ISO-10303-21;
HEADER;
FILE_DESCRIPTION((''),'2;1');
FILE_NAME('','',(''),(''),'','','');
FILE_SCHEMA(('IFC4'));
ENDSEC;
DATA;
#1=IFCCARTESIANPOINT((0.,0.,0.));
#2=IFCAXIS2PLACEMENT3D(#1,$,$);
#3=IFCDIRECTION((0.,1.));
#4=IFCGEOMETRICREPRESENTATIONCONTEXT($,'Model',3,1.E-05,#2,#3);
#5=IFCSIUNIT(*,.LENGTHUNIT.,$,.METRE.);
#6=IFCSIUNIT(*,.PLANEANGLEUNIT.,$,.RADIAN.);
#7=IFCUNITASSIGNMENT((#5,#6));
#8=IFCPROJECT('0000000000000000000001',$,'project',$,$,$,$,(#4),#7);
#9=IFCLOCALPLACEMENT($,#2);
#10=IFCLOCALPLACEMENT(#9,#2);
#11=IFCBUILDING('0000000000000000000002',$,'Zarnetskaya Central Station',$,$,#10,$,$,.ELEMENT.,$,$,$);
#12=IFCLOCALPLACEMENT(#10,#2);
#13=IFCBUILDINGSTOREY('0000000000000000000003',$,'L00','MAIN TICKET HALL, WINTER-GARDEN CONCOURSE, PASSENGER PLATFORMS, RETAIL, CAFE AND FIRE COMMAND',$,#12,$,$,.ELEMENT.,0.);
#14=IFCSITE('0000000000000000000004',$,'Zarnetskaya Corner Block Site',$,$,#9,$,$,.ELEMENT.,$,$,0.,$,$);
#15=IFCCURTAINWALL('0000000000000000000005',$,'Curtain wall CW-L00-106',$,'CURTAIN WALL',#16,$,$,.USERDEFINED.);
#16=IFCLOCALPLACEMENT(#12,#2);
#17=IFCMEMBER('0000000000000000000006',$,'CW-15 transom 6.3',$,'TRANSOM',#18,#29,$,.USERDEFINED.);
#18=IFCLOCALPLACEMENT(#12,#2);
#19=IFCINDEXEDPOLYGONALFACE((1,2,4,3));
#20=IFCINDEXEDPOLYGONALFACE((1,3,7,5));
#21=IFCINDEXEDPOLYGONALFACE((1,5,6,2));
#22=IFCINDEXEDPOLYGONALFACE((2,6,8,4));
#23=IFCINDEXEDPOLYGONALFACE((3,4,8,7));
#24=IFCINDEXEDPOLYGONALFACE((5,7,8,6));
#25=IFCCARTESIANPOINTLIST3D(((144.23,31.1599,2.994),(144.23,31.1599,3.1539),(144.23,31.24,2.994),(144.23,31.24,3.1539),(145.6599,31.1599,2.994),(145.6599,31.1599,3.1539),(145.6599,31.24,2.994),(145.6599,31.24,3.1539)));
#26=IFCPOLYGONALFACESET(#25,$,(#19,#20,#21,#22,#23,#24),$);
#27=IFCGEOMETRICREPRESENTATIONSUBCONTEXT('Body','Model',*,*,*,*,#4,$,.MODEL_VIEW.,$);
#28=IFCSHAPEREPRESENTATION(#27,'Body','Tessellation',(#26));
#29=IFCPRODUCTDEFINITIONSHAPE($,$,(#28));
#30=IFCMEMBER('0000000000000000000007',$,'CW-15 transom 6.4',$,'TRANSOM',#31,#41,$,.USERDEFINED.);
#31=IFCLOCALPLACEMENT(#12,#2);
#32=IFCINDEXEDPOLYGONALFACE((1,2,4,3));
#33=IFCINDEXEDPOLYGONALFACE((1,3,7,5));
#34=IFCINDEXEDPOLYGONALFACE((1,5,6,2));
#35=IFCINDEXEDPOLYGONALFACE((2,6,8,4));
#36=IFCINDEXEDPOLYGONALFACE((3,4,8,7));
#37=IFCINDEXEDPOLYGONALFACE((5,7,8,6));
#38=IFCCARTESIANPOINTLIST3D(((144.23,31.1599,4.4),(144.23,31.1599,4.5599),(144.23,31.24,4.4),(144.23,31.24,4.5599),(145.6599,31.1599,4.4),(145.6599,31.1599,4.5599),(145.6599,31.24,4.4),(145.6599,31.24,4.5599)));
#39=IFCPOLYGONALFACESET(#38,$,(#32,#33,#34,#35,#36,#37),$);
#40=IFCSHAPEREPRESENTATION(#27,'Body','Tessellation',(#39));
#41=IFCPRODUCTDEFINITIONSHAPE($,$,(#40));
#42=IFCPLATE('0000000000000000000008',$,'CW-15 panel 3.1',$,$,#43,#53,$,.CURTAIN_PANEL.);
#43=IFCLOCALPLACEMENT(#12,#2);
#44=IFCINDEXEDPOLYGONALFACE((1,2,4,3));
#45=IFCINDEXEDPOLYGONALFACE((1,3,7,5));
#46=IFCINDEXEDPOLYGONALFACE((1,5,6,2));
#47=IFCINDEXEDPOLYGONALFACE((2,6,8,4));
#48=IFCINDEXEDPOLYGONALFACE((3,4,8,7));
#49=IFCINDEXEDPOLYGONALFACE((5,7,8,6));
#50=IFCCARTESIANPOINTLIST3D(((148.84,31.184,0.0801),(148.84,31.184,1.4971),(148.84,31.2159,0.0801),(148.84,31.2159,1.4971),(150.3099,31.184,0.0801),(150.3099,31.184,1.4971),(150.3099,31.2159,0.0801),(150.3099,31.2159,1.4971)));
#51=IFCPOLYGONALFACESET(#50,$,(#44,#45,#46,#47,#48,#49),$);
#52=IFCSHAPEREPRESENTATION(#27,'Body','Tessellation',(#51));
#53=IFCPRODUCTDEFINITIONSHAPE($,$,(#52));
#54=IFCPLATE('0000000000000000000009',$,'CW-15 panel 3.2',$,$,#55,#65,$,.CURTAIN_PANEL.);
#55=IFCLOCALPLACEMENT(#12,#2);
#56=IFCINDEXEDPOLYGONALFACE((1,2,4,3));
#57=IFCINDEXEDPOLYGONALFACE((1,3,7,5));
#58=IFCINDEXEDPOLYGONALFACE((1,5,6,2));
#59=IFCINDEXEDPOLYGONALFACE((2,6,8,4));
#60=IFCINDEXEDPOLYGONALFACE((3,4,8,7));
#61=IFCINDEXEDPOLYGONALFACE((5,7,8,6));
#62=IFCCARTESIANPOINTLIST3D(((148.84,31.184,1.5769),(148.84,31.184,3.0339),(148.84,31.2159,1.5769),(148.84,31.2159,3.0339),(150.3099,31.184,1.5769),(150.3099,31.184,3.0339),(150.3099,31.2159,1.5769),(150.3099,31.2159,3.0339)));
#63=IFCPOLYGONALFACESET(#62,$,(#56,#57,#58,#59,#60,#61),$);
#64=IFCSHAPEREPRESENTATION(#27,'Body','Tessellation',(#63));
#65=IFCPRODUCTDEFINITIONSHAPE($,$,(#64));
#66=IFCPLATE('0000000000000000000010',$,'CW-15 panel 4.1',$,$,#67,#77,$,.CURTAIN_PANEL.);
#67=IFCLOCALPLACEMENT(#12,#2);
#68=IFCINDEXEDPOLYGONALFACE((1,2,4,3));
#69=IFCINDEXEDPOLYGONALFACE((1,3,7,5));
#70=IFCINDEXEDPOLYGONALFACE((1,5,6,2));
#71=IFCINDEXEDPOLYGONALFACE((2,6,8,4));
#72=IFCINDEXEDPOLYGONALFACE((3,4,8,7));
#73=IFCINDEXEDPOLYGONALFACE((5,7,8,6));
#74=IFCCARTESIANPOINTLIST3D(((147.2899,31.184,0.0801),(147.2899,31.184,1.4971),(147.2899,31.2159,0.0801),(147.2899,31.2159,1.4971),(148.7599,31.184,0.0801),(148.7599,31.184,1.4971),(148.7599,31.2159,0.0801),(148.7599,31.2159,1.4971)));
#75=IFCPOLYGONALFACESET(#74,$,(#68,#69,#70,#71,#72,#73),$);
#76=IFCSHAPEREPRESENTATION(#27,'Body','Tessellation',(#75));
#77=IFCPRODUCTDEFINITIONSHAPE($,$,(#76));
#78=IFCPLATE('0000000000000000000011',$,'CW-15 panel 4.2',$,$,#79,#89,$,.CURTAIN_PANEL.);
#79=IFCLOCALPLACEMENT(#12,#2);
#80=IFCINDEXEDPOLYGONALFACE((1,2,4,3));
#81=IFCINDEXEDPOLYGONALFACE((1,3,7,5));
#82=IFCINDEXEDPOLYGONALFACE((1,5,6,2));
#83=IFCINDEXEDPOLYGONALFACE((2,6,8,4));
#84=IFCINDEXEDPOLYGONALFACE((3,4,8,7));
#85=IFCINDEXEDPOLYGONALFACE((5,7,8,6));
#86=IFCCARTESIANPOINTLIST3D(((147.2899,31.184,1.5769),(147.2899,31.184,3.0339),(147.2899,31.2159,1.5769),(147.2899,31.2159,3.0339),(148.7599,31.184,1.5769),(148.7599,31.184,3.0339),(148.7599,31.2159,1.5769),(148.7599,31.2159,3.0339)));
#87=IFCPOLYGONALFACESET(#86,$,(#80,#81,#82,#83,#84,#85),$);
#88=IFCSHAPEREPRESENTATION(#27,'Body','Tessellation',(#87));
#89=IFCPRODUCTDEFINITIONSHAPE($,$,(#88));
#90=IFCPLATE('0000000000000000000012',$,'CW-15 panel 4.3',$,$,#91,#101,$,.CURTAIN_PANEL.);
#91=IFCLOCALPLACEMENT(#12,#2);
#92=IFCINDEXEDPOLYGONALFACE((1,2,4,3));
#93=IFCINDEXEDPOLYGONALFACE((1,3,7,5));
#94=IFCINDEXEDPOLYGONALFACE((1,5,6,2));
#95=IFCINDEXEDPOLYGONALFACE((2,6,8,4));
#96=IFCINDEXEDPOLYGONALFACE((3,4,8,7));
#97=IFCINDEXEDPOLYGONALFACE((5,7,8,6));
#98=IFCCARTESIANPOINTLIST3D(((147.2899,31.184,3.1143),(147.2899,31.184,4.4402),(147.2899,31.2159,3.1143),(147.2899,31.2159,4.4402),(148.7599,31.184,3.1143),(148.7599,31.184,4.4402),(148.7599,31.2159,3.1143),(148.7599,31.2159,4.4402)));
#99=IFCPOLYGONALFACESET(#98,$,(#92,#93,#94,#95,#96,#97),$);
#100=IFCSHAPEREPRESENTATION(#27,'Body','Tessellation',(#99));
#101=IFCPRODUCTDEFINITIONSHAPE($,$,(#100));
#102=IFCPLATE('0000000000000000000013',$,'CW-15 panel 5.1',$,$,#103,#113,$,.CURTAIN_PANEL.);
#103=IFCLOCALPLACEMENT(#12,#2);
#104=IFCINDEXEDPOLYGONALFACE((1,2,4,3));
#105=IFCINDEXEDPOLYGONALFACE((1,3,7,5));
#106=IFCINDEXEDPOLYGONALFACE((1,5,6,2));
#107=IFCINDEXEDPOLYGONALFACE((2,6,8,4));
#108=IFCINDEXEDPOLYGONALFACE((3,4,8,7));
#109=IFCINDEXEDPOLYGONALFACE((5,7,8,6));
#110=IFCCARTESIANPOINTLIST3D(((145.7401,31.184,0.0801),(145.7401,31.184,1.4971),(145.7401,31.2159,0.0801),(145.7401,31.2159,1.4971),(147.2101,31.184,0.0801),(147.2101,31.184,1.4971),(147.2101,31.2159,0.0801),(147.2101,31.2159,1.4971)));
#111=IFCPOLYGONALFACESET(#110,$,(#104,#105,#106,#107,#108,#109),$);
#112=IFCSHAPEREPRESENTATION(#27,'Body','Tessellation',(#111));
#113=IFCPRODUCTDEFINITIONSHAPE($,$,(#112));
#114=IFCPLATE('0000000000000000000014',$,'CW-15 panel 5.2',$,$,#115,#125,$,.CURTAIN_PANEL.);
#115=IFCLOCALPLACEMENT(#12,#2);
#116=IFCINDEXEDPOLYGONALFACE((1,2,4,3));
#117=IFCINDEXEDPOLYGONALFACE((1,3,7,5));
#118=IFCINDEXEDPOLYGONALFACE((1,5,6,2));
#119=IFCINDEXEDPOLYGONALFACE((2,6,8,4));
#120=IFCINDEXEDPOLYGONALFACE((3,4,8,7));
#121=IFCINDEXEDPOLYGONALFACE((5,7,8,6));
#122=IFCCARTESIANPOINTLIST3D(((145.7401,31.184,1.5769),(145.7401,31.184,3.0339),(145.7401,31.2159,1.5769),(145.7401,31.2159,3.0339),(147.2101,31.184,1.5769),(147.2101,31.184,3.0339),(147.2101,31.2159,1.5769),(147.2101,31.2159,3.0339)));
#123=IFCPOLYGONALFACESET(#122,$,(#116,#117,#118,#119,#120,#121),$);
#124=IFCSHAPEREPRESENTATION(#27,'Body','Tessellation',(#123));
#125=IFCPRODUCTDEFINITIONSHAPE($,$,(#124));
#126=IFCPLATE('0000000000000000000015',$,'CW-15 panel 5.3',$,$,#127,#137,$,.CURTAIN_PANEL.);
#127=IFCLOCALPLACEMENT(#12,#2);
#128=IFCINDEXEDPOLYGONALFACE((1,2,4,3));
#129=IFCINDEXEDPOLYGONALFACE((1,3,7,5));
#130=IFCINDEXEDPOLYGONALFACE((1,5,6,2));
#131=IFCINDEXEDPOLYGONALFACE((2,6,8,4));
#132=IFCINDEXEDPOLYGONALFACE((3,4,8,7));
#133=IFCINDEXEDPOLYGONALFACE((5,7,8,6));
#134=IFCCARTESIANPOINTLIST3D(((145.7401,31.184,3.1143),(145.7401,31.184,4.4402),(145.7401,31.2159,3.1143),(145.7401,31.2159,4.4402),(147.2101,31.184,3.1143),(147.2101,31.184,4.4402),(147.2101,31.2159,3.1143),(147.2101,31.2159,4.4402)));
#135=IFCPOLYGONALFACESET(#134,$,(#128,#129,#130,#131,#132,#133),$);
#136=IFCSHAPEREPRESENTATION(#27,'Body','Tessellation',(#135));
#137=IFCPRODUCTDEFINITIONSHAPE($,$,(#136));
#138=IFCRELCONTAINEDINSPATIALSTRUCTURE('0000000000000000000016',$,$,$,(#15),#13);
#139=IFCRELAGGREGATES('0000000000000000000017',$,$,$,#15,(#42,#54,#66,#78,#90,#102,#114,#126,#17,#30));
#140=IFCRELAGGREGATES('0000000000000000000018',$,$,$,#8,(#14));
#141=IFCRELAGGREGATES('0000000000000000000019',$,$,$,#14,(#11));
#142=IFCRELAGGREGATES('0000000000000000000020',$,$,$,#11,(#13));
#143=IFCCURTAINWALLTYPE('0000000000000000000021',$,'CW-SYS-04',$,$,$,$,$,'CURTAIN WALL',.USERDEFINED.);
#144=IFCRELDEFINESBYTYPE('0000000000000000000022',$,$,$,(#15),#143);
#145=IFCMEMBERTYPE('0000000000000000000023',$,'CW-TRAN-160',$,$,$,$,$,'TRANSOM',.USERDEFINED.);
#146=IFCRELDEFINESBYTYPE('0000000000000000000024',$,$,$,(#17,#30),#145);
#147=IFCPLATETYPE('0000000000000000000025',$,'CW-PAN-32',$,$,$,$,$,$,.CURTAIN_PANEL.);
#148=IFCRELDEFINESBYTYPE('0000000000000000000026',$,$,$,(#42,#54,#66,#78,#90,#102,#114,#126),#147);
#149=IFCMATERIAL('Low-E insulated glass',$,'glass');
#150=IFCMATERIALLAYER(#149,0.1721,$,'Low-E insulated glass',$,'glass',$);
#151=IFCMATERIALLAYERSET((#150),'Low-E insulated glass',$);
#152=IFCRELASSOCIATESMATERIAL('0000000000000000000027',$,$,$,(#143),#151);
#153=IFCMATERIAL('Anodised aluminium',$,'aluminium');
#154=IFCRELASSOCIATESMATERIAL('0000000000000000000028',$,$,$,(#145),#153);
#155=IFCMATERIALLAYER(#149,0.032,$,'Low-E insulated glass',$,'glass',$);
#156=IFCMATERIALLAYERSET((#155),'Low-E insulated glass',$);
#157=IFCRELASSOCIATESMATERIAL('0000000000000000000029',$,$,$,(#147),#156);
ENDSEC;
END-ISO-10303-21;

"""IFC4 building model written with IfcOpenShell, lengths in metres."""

from ifc_helpers import new_model, si_unit, direction, frame, origin, origin_2d, place, context, subcontext, project, spatial, rectangle, extrude, material, layer, layer_set, material_profile, profile_set, type_object, element, aggregate, save


model = new_model("IFC4")

# Units and contexts
model_context = context("Model", 3, precision=1e-05, world=origin(), true_north=direction((0.0, 1.0)))
body_context = subcontext(model_context, "Body", "Model", "MODEL_VIEW")
ifc_project = project(units=[si_unit("LENGTHUNIT", "METRE"), si_unit("PLANEANGLEUNIT", "RADIAN")], contexts=[model_context])

# Site, building, storey
site_placement = place(None, origin())
site = spatial("IfcSite", under=ifc_project, at=site_placement, Name="Zarnetskaya Corner Block Site", CompositionType="ELEMENT", RefElevation=0.0)
building_placement = place(site_placement, origin())
building = spatial("IfcBuilding", under=site, at=building_placement, Name="Zarnetskaya Central Station", CompositionType="ELEMENT")
storey_placement = place(building_placement, origin())
storey = spatial("IfcBuildingStorey", under=building, at=storey_placement, Name="L00", Description="MAIN TICKET HALL, WINTER-GARDEN CONCOURSE, PASSENGER PLATFORMS, RETAIL, CAFE AND FIRE COMMAND", CompositionType="ELEMENT", Elevation=0.0)

# Curtain wall, members, plates
ifc_material_1 = material(Name="Low-E insulated glass", Category="glass")
ifc_layer_1 = layer(ifc_material_1, 0.1721, Name="Low-E insulated glass", Category="glass")
ifc_layer_set_1 = layer_set([ifc_layer_1], Name="Low-E insulated glass")
curtain_wall_type = type_object("IfcCurtainWallType", Name="CW-SYS-04", ElementType="CURTAIN WALL", PredefinedType="USERDEFINED", material=ifc_layer_set_1)
curtain_wall_placement = place(storey_placement, origin())
curtain_wall = element("IfcCurtainWall", 1, at=curtain_wall_placement, inside=storey, type_object=curtain_wall_type, Name="Curtain wall CW-L00-106", ObjectType="CURTAIN WALL", PredefinedType="USERDEFINED")
ifc_material_2 = material(Name="Anodised aluminium", Category="aluminium")
ifc_material_profile_1 = material_profile(ifc_material_2, rectangle(XDim=0.0801, YDim=0.1599, at=origin_2d()), Name="ALU TRAN 80x160")
ifc_profile_set_1 = profile_set([ifc_material_profile_1], Name="Anodised aluminium")
member_type_1 = type_object("IfcMemberType", Name="CW-TRAN-160", ElementType="TRANSOM", PredefinedType="USERDEFINED", material=ifc_profile_set_1)
member_1_placement = place(storey_placement, frame((145.6599, 31.2, 3.074), z_axis=(-1.0, 0.0, 0.0), x_axis=(0.0, -1.0, 0.0)))
member_1 = element("IfcMember", 2, at=member_1_placement, type_object=member_type_1, Name="CW-15 transom 6.3", ObjectType="TRANSOM", PredefinedType="USERDEFINED", context=body_context, shape_type="SweptSolid", body=[
    extrude(rectangle(XDim=0.0801, YDim=0.1599, at=origin_2d()), origin(), (0.0, 0.0, 1.0), 1.4299),
])
member_2_placement = place(storey_placement, frame((145.6599, 31.2, 4.48), z_axis=(-1.0, 0.0, 0.0), x_axis=(0.0, -1.0, 0.0)))
member_2 = element("IfcMember", 3, at=member_2_placement, type_object=member_type_1, Name="CW-15 transom 6.4", ObjectType="TRANSOM", PredefinedType="USERDEFINED", context=body_context, shape_type="SweptSolid", body=[
    extrude(rectangle(XDim=0.0801, YDim=0.1599, at=origin_2d()), origin(), (0.0, 0.0, 1.0), 1.4299),
])
ifc_layer_2 = layer(ifc_material_1, 0.032, Name="Low-E insulated glass", Category="glass")
ifc_layer_set_2 = layer_set([ifc_layer_2], Name="Low-E insulated glass")
plate_type = type_object("IfcPlateType", Name="CW-PAN-32", PredefinedType="CURTAIN_PANEL", material=ifc_layer_set_2)
plate_1_placement = place(storey_placement, frame((149.575, 31.2, 0.0801), z_axis=(0.0, 0.0, 1.0), x_axis=(-1.0, 0.0, 0.0)))
plate_1 = element("IfcPlate", 4, at=plate_1_placement, type_object=plate_type, Name="CW-15 panel 3.1", PredefinedType="CURTAIN_PANEL", context=body_context, shape_type="SweptSolid", body=[
    extrude(rectangle(XDim=1.47, YDim=0.032, at=origin_2d()), origin(), (0.0, 0.0, 1.0), 1.417),
])
plate_2_placement = place(storey_placement, frame((149.575, 31.2, 1.5769), z_axis=(0.0, 0.0, 1.0), x_axis=(-1.0, 0.0, 0.0)))
plate_2 = element("IfcPlate", 5, at=plate_2_placement, type_object=plate_type, Name="CW-15 panel 3.2", PredefinedType="CURTAIN_PANEL", context=body_context, shape_type="SweptSolid", body=[
    extrude(rectangle(XDim=1.47, YDim=0.032, at=origin_2d()), origin(), (0.0, 0.0, 1.0), 1.457),
])
plate_3_placement = place(storey_placement, frame((148.0249, 31.2, 0.0801), z_axis=(0.0, 0.0, 1.0), x_axis=(-1.0, 0.0, 0.0)))
plate_3 = element("IfcPlate", 6, at=plate_3_placement, type_object=plate_type, Name="CW-15 panel 4.1", PredefinedType="CURTAIN_PANEL", context=body_context, shape_type="SweptSolid", body=[
    extrude(rectangle(XDim=1.47, YDim=0.032, at=origin_2d()), origin(), (0.0, 0.0, 1.0), 1.417),
])
plate_4_placement = place(storey_placement, frame((148.0249, 31.2, 1.5769), z_axis=(0.0, 0.0, 1.0), x_axis=(-1.0, 0.0, 0.0)))
plate_4 = element("IfcPlate", 7, at=plate_4_placement, type_object=plate_type, Name="CW-15 panel 4.2", PredefinedType="CURTAIN_PANEL", context=body_context, shape_type="SweptSolid", body=[
    extrude(rectangle(XDim=1.47, YDim=0.032, at=origin_2d()), origin(), (0.0, 0.0, 1.0), 1.457),
])
plate_5_placement = place(storey_placement, frame((148.0249, 31.2, 3.1143), z_axis=(0.0, 0.0, 1.0), x_axis=(-1.0, 0.0, 0.0)))
plate_5 = element("IfcPlate", 8, at=plate_5_placement, type_object=plate_type, Name="CW-15 panel 4.3", PredefinedType="CURTAIN_PANEL", context=body_context, shape_type="SweptSolid", body=[
    extrude(rectangle(XDim=1.47, YDim=0.032, at=origin_2d()), origin(), (0.0, 0.0, 1.0), 1.3259),
])
plate_6_placement = place(storey_placement, frame((146.4751, 31.2, 0.0801), z_axis=(0.0, 0.0, 1.0), x_axis=(-1.0, 0.0, 0.0)))
plate_6 = element("IfcPlate", 9, at=plate_6_placement, type_object=plate_type, Name="CW-15 panel 5.1", PredefinedType="CURTAIN_PANEL", context=body_context, shape_type="SweptSolid", body=[
    extrude(rectangle(XDim=1.47, YDim=0.032, at=origin_2d()), origin(), (0.0, 0.0, 1.0), 1.417),
])
plate_7_placement = place(storey_placement, frame((146.4751, 31.2, 1.5769), z_axis=(0.0, 0.0, 1.0), x_axis=(-1.0, 0.0, 0.0)))
plate_7 = element("IfcPlate", 10, at=plate_7_placement, type_object=plate_type, Name="CW-15 panel 5.2", PredefinedType="CURTAIN_PANEL", context=body_context, shape_type="SweptSolid", body=[
    extrude(rectangle(XDim=1.47, YDim=0.032, at=origin_2d()), origin(), (0.0, 0.0, 1.0), 1.457),
])
plate_8_placement = place(storey_placement, frame((146.4751, 31.2, 3.1143), z_axis=(0.0, 0.0, 1.0), x_axis=(-1.0, 0.0, 0.0)))
plate_8 = element("IfcPlate", 11, at=plate_8_placement, type_object=plate_type, Name="CW-15 panel 5.3", PredefinedType="CURTAIN_PANEL", context=body_context, shape_type="SweptSolid", body=[
    extrude(rectangle(XDim=1.47, YDim=0.032, at=origin_2d()), origin(), (0.0, 0.0, 1.0), 1.3259),
])
aggregate(curtain_wall, [plate_1, plate_2, plate_3, plate_4, plate_5, plate_6, plate_7, plate_8, member_1, member_2])

save(model, "model.ifc")
